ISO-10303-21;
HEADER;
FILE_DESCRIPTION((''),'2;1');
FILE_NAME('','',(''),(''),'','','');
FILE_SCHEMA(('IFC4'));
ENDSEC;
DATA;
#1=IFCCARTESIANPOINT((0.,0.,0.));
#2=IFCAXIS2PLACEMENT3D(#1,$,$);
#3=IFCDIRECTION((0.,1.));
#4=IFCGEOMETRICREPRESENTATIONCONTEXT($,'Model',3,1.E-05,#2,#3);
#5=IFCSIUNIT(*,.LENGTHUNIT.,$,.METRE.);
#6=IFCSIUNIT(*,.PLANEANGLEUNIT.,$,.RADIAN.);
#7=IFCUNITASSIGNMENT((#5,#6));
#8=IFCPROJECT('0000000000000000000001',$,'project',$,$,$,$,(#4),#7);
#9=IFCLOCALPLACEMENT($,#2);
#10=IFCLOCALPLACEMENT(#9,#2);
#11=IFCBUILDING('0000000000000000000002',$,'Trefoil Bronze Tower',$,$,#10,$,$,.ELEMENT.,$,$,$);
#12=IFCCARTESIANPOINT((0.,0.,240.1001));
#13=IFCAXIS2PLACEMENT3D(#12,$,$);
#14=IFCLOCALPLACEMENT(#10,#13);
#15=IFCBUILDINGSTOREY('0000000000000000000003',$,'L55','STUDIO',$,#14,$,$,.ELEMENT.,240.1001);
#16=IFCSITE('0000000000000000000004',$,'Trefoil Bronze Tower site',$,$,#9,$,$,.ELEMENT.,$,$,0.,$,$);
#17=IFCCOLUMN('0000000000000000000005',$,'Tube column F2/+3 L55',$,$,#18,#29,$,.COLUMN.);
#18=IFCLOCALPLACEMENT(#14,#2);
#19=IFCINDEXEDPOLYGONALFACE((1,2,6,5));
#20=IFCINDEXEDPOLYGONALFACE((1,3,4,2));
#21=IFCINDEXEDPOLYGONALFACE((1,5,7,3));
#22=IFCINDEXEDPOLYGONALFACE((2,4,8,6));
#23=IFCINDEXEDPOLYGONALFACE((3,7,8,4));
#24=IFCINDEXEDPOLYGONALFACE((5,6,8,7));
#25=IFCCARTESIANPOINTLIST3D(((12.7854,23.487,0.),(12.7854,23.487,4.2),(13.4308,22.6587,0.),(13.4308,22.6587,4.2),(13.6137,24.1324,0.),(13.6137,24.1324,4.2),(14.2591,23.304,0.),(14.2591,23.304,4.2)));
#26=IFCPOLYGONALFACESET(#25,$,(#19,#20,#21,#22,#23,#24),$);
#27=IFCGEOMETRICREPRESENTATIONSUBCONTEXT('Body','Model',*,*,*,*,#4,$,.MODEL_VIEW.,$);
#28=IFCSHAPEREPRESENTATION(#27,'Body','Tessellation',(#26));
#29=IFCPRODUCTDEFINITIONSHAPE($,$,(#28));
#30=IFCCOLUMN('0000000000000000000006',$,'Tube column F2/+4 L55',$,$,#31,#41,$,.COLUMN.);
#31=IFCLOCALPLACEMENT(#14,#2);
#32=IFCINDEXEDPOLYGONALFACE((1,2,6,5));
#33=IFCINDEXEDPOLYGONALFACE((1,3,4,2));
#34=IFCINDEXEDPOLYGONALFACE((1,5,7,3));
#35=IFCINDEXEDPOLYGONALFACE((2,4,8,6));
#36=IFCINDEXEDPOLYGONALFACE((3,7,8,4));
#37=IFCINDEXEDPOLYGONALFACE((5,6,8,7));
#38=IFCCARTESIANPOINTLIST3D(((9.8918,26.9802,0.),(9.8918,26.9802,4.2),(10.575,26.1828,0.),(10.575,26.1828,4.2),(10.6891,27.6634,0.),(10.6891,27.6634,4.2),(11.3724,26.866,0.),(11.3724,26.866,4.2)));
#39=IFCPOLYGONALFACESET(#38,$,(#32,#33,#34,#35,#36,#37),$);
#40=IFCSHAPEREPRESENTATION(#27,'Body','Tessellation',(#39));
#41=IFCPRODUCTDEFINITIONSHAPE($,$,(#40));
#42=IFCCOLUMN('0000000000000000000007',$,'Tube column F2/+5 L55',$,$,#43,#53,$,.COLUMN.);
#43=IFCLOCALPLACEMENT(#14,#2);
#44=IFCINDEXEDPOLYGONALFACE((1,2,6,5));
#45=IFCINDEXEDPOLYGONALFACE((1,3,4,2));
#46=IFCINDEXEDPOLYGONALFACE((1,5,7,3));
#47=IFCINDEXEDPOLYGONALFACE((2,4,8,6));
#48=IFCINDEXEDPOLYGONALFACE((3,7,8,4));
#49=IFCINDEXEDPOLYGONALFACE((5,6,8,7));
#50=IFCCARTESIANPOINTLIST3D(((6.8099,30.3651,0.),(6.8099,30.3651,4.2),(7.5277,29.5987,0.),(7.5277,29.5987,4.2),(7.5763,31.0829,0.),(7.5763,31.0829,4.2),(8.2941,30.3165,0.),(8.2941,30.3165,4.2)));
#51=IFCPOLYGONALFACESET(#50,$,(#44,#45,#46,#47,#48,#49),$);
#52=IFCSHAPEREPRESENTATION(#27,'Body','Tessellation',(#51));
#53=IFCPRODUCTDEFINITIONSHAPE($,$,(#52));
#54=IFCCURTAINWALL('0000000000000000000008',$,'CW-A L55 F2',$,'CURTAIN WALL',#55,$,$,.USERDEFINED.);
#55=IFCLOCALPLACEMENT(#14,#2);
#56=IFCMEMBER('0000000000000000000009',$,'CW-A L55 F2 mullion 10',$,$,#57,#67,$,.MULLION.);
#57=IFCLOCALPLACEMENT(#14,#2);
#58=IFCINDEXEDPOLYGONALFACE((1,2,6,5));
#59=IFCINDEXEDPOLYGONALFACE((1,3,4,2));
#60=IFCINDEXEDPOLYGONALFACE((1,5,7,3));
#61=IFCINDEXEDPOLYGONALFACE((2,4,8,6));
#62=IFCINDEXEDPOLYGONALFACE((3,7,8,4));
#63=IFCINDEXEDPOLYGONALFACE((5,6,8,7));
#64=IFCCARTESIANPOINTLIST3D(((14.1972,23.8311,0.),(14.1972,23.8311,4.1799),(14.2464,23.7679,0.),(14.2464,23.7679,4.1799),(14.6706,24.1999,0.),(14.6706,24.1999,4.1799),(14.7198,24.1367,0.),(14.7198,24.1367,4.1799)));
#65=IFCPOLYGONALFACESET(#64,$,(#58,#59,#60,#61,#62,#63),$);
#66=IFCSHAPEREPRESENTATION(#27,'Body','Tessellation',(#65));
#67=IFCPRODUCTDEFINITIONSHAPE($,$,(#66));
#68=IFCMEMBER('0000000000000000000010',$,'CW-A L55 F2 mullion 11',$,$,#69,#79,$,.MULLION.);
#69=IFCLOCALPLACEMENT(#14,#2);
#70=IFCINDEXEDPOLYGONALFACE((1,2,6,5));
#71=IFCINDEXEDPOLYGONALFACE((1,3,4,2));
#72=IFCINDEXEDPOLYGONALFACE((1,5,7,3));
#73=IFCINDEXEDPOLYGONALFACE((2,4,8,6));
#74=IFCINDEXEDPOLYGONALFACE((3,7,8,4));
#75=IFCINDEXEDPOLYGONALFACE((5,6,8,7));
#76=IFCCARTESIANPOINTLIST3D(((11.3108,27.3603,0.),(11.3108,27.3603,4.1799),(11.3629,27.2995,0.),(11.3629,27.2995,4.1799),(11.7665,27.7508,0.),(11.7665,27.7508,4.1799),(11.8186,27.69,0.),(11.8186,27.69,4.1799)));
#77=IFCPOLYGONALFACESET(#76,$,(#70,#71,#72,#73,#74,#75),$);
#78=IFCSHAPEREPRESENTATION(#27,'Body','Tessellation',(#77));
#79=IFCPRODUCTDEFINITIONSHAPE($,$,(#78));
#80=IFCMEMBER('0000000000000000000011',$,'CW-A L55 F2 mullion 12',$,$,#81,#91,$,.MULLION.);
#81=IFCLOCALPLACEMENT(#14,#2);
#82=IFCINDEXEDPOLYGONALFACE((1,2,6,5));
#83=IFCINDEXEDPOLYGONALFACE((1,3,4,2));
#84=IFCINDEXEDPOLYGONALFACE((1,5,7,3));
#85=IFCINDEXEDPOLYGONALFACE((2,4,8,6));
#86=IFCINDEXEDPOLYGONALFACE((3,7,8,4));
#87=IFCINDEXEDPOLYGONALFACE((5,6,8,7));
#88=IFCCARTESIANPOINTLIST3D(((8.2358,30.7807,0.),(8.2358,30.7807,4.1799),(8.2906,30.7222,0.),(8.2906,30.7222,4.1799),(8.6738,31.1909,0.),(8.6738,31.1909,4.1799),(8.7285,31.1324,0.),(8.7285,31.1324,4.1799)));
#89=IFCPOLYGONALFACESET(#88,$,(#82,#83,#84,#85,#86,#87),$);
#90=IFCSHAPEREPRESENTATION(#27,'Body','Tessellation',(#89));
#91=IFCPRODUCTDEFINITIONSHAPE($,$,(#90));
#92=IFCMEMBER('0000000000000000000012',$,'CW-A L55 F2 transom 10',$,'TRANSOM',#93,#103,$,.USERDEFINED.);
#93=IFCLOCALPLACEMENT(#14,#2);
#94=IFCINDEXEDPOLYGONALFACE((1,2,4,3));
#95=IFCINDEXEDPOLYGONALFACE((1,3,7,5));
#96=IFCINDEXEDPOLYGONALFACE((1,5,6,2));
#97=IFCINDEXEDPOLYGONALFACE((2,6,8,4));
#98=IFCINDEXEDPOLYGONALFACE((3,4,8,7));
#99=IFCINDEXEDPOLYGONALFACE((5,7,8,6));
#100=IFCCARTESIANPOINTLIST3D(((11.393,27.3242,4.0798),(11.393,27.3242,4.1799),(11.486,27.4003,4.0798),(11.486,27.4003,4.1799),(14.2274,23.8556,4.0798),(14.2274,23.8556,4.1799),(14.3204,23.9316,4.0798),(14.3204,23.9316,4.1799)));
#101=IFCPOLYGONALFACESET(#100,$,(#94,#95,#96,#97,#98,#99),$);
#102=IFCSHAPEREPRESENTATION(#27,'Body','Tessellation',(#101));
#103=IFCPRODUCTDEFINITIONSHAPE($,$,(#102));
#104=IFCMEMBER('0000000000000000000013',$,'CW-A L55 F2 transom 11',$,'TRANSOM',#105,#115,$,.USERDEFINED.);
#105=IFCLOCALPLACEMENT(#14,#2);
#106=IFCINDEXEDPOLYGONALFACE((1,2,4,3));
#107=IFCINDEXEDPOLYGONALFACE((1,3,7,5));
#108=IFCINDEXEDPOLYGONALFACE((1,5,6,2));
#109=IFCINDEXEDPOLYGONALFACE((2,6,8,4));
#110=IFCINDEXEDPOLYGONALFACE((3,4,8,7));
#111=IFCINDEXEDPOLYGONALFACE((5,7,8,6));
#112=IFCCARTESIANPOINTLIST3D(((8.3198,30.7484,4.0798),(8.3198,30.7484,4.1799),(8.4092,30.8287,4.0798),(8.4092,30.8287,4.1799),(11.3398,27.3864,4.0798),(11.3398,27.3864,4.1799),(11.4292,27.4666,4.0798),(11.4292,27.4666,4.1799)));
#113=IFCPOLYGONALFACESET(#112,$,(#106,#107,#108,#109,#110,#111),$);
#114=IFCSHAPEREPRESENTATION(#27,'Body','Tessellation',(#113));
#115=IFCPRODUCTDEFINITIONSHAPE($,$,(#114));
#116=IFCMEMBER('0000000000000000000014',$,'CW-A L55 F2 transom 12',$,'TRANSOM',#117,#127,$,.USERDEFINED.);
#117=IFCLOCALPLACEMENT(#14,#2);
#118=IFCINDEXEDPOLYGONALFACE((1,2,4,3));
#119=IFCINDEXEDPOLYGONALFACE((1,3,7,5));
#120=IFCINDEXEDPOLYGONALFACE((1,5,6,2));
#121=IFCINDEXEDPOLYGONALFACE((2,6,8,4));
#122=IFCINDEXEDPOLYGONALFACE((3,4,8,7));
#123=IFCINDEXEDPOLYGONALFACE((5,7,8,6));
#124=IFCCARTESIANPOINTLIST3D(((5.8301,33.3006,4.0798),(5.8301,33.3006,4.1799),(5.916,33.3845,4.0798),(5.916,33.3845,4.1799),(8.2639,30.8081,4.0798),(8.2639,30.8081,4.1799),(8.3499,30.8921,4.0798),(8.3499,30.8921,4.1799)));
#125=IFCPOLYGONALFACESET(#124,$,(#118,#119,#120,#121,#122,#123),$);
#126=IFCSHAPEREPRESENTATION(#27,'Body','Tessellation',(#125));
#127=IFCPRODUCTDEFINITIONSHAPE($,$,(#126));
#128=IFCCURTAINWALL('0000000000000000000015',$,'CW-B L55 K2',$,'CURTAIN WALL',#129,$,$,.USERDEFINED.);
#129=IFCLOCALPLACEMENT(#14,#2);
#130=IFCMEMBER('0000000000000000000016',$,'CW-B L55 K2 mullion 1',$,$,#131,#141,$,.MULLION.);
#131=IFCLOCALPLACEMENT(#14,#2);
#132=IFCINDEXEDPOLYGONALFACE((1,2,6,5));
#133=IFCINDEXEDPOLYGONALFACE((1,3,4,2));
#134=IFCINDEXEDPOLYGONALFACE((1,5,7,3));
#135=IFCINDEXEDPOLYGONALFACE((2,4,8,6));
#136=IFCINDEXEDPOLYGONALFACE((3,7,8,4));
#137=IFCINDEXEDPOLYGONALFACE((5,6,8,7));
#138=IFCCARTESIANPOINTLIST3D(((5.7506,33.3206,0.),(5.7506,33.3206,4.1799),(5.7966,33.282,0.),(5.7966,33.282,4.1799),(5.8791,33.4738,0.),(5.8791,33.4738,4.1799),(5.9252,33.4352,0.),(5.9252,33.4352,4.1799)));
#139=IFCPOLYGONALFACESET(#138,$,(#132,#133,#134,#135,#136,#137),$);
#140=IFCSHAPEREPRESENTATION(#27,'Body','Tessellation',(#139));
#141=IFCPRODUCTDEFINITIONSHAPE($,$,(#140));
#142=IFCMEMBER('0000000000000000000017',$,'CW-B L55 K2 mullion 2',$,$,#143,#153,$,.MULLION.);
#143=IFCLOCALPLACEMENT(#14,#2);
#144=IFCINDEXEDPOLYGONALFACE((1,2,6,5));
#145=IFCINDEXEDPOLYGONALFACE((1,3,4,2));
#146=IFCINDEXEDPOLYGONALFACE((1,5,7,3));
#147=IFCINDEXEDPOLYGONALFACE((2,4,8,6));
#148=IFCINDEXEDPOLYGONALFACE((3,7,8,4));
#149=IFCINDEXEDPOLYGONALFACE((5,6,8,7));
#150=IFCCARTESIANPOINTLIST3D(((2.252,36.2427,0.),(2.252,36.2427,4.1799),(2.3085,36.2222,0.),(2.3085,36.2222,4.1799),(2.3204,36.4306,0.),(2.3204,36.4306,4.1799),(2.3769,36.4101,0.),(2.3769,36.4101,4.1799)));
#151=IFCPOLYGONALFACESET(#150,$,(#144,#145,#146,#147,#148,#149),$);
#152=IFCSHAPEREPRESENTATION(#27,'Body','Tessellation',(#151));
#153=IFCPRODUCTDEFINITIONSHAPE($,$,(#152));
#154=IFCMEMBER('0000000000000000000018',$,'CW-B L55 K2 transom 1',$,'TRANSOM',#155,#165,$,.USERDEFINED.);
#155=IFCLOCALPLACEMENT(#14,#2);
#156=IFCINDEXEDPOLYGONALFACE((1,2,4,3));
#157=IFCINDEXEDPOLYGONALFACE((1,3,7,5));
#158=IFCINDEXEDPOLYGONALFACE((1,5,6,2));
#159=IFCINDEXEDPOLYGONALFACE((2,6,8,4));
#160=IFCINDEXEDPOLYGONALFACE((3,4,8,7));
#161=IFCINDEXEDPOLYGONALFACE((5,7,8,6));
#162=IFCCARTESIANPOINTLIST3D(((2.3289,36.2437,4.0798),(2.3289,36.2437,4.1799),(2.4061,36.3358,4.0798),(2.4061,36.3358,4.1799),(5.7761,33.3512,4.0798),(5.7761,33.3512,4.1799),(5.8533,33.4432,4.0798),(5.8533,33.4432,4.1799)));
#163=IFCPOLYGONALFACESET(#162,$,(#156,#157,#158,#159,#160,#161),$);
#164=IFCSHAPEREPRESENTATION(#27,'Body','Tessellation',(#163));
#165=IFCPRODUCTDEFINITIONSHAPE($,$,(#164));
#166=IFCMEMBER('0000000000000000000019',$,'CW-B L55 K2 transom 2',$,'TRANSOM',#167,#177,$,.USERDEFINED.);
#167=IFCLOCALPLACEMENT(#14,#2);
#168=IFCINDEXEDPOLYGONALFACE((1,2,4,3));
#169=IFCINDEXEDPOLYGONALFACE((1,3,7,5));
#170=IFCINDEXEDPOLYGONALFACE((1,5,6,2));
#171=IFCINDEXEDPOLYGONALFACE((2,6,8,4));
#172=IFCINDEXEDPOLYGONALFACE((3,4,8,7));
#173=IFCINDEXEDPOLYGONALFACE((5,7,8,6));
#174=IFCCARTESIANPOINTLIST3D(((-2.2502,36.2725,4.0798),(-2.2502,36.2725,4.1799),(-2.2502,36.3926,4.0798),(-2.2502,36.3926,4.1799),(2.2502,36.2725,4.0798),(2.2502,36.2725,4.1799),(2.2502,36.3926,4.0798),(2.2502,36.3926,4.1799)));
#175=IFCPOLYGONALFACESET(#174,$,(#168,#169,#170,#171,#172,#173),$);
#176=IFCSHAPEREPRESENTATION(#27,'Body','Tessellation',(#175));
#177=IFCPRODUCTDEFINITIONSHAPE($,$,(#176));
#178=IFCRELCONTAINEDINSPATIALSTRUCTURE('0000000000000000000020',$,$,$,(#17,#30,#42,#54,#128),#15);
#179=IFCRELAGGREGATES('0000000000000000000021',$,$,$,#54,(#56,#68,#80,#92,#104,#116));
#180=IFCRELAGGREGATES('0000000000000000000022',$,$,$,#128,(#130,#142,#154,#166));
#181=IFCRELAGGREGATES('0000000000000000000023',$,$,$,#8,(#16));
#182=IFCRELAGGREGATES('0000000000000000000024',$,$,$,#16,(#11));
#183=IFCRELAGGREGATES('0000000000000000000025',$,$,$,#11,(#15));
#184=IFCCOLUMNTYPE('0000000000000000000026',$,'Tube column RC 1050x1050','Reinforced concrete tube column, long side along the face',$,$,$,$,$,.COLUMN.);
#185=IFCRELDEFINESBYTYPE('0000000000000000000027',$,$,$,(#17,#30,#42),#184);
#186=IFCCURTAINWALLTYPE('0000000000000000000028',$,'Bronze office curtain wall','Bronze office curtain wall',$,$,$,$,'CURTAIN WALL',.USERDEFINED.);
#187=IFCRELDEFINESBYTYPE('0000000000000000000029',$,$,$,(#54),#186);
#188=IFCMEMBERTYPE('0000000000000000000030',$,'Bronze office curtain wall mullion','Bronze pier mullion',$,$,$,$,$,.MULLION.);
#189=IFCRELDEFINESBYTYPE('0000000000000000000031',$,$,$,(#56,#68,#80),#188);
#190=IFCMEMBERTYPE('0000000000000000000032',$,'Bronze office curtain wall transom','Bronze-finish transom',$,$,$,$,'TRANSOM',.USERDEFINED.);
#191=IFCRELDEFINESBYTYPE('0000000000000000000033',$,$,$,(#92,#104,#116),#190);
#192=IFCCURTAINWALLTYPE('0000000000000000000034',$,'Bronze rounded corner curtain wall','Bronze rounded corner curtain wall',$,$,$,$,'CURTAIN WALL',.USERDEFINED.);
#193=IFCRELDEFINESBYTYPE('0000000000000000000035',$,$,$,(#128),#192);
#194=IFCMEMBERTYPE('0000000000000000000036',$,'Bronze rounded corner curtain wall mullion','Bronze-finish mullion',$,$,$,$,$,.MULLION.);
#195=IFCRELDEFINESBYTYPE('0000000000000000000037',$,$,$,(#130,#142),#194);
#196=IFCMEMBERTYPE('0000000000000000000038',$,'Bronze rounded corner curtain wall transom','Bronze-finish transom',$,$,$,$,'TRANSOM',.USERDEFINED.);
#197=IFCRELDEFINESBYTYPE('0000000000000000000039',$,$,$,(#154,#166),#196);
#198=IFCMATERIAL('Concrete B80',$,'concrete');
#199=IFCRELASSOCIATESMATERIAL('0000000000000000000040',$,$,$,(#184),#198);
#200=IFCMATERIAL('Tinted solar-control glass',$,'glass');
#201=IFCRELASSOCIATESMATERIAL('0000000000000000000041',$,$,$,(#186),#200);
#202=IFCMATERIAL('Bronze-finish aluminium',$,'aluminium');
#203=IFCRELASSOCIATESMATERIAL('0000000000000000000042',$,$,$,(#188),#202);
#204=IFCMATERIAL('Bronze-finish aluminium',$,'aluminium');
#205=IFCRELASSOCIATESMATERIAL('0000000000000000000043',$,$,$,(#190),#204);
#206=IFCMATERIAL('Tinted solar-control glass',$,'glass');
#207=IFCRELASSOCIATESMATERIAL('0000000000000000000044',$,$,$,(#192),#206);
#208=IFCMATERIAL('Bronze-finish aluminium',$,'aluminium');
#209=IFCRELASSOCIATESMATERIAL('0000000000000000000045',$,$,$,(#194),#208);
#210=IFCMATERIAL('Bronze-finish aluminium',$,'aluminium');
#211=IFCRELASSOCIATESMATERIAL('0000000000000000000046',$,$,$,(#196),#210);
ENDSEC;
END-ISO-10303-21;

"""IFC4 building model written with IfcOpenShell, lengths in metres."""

from ifc_helpers import new_model, si_unit, direction, frame, origin, origin_2d, place, context, subcontext, project, spatial, rectangle, extrude, material, material_profile, profile_set, type_object, element, aggregate, save


model = new_model("IFC4")

# Units and contexts
model_context = context("Model", 3, precision=1e-05, world=origin(), true_north=direction((0.0, 1.0)))
body_context = subcontext(model_context, "Body", "Model", "MODEL_VIEW")
ifc_project = project(units=[si_unit("LENGTHUNIT", "METRE"), si_unit("PLANEANGLEUNIT", "RADIAN")], contexts=[model_context])

# Site, building, storey
site_placement = place(None, origin())
site = spatial("IfcSite", under=ifc_project, at=site_placement, Name="Trefoil Bronze Tower site", CompositionType="ELEMENT", RefElevation=0.0)
building_placement = place(site_placement, origin())
building = spatial("IfcBuilding", under=site, at=building_placement, Name="Trefoil Bronze Tower", CompositionType="ELEMENT")
storey_placement = place(building_placement, frame((0.0, 0.0, 240.1001)))
storey = spatial("IfcBuildingStorey", under=building, at=storey_placement, Name="L55", Description="STUDIO", CompositionType="ELEMENT", Elevation=240.1001)

# Columns
ifc_material_1 = material(Name="Concrete B80", Category="concrete")
ifc_material_profile_1 = material_profile(ifc_material_1, rectangle(XDim=1.05, YDim=1.05, at=origin_2d()), Name="RC 1050x1050")
ifc_profile_set_1 = profile_set([ifc_material_profile_1], Name="Concrete B80")
column_type = type_object("IfcColumnType", Name="Tube column RC 1050x1050", Description="Reinforced concrete tube column, long side along the face", PredefinedType="COLUMN", material=ifc_profile_set_1)
for number, where, z_axis, x_axis, name in (
    (1, (13.5222, 23.3955, 0.0), (0.0, 0.0, 1.0), (-0.614622, 0.788821, 0.0), "Tube column F2/+3 L55"),
    (2, (10.6321, 26.9231, 0.0), (0.0, 0.0, 1.0), (-0.650677, 0.759355, 0.0), "Tube column F2/+4 L55"),
    (3, (7.552, 30.3408, 0.0), (0.0, 0.0, 1.0), (-0.683597, 0.72986, 0.0), "Tube column F2/+5 L55"),
):
    element("IfcColumn", number, at=place(storey_placement, frame(where, z_axis=z_axis, x_axis=x_axis)), inside=storey, type_object=column_type, Name=name, PredefinedType="COLUMN", context=body_context, shape_type="SweptSolid", body=[
        extrude(rectangle(XDim=1.05, YDim=1.05, at=origin_2d()), origin(), (0.0, 0.0, 1.0), 4.2),
    ])

# Curtain walls, members
ifc_material_2 = material(Name="Tinted solar-control glass", Category="glass")
curtain_wall_type_1 = type_object("IfcCurtainWallType", Name="Bronze office curtain wall", Description="Bronze office curtain wall", ElementType="CURTAIN WALL", PredefinedType="USERDEFINED", material=ifc_material_2)
curtain_wall_1_placement = place(storey_placement, origin())
curtain_wall_1 = element("IfcCurtainWall", 4, at=curtain_wall_1_placement, inside=storey, type_object=curtain_wall_type_1, Name="CW-A L55 F2", ObjectType="CURTAIN WALL", PredefinedType="USERDEFINED")
ifc_material_3 = material(Name="Bronze-finish aluminium", Category="aluminium")
ifc_material_profile_2 = material_profile(ifc_material_3, rectangle(XDim=0.6001, YDim=0.0801, at=origin_2d()), Name="CW-A mullion")
ifc_profile_set_2 = profile_set([ifc_material_profile_2], Name="Bronze-finish aluminium")
member_type_1 = type_object("IfcMemberType", Name="Bronze office curtain wall mullion", Description="Bronze pier mullion", PredefinedType="MULLION", material=ifc_profile_set_2)
member_1_placement = place(storey_placement, frame((14.4585, 23.9839, 0.0), z_axis=(0.0, 0.0, 1.0), x_axis=(-0.788821, -0.614622, 0.0)))
member_1 = element("IfcMember", 5, at=member_1_placement, type_object=member_type_1, Name="CW-A L55 F2 mullion 10", PredefinedType="MULLION", context=body_context, shape_type="SweptSolid", body=[
    extrude(rectangle(XDim=0.6001, YDim=0.0801, at=origin_2d()), origin(), (0.0, 0.0, 1.0), 4.1799),
])
member_2_placement = place(storey_placement, frame((11.5647, 27.5251, 0.0), z_axis=(0.0, 0.0, 1.0), x_axis=(-0.759355, -0.650677, 0.0)))
member_2 = element("IfcMember", 6, at=member_2_placement, type_object=member_type_1, Name="CW-A L55 F2 mullion 11", PredefinedType="MULLION", context=body_context, shape_type="SweptSolid", body=[
    extrude(rectangle(XDim=0.6001, YDim=0.0801, at=origin_2d()), origin(), (0.0, 0.0, 1.0), 4.1799),
])
member_3_placement = place(storey_placement, frame((8.4822, 30.9565, 0.0), z_axis=(0.0, 0.0, 1.0), x_axis=(-0.72986, -0.683597, 0.0)))
member_3 = element("IfcMember", 7, at=member_3_placement, type_object=member_type_1, Name="CW-A L55 F2 mullion 12", PredefinedType="MULLION", context=body_context, shape_type="SweptSolid", body=[
    extrude(rectangle(XDim=0.6001, YDim=0.0801, at=origin_2d()), origin(), (0.0, 0.0, 1.0), 4.1799),
])
ifc_material_4 = material(Name="Bronze-finish aluminium", Category="aluminium")
ifc_material_profile_3 = material_profile(ifc_material_4, rectangle(XDim=0.1201, YDim=0.1001, at=origin_2d()), Name="CW-A transom")
ifc_profile_set_3 = profile_set([ifc_material_profile_3], Name="Bronze-finish aluminium")
member_type_2 = type_object("IfcMemberType", Name="Bronze office curtain wall transom", Description="Bronze-finish transom", ElementType="TRANSOM", PredefinedType="USERDEFINED", material=ifc_profile_set_3)
member_4_placement = place(storey_placement, frame((14.2739, 23.8936, 4.1299), z_axis=(-0.632757, 0.774351, 0.0), x_axis=(-0.774351, -0.632757, 0.0)))
member_4 = element("IfcMember", 8, at=member_4_placement, type_object=member_type_2, Name="CW-A L55 F2 transom 10", ObjectType="TRANSOM", PredefinedType="USERDEFINED", context=body_context, shape_type="SweptSolid", body=[
    extrude(rectangle(XDim=0.1201, YDim=0.1001, at=origin_2d()), origin(), (0.0, 0.0, 1.0), 4.4795),
])
member_5_placement = place(storey_placement, frame((11.3845, 27.4265, 4.1299), z_axis=(-0.668251, 0.743936, 0.0), x_axis=(-0.743936, -0.668251, 0.0)))
member_5 = element("IfcMember", 9, at=member_5_placement, type_object=member_type_2, Name="CW-A L55 F2 transom 11", ObjectType="TRANSOM", PredefinedType="USERDEFINED", context=body_context, shape_type="SweptSolid", body=[
    extrude(rectangle(XDim=0.1201, YDim=0.1001, at=origin_2d()), origin(), (0.0, 0.0, 1.0), 4.5193),
])
member_6_placement = place(storey_placement, frame((8.3069, 30.8501, 4.1299), z_axis=(-0.698647, 0.715467, 0.0), x_axis=(-0.715467, -0.698647, 0.0)))
member_6 = element("IfcMember", 10, at=member_6_placement, type_object=member_type_2, Name="CW-A L55 F2 transom 12", ObjectType="TRANSOM", PredefinedType="USERDEFINED", context=body_context, shape_type="SweptSolid", body=[
    extrude(rectangle(XDim=0.1201, YDim=0.1001, at=origin_2d()), origin(), (0.0, 0.0, 1.0), 3.4836),
])
ifc_material_5 = material(Name="Tinted solar-control glass", Category="glass")
curtain_wall_type_2 = type_object("IfcCurtainWallType", Name="Bronze rounded corner curtain wall", Description="Bronze rounded corner curtain wall", ElementType="CURTAIN WALL", PredefinedType="USERDEFINED", material=ifc_material_5)
curtain_wall_2_placement = place(storey_placement, origin())
curtain_wall_2 = element("IfcCurtainWall", 11, at=curtain_wall_2_placement, inside=storey, type_object=curtain_wall_type_2, Name="CW-B L55 K2", ObjectType="CURTAIN WALL", PredefinedType="USERDEFINED")
ifc_material_6 = material(Name="Bronze-finish aluminium", Category="aluminium")
ifc_material_profile_4 = material_profile(ifc_material_6, rectangle(XDim=0.2, YDim=0.0601, at=origin_2d()), Name="CW-B mullion")
ifc_profile_set_4 = profile_set([ifc_material_profile_4], Name="Bronze-finish aluminium")
member_type_3 = type_object("IfcMemberType", Name="Bronze rounded corner curtain wall mullion", Description="Bronze-finish mullion", PredefinedType="MULLION", material=ifc_profile_set_4)
member_7_placement = place(storey_placement, frame((5.8379, 33.3779, 0.0), z_axis=(0.0, 0.0, 1.0), x_axis=(-0.642788, -0.766044, 0.0)))
member_7 = element("IfcMember", 12, at=member_7_placement, type_object=member_type_3, Name="CW-B L55 K2 mullion 1", PredefinedType="MULLION", context=body_context, shape_type="SweptSolid", body=[
    extrude(rectangle(XDim=0.2, YDim=0.0601, at=origin_2d()), origin(), (0.0, 0.0, 1.0), 4.1799),
])
member_8_placement = place(storey_placement, frame((2.3145, 36.3264, 0.0), z_axis=(0.0, 0.0, 1.0), x_axis=(-0.34202, -0.939693, 0.0)))
member_8 = element("IfcMember", 13, at=member_8_placement, type_object=member_type_3, Name="CW-B L55 K2 mullion 2", PredefinedType="MULLION", context=body_context, shape_type="SweptSolid", body=[
    extrude(rectangle(XDim=0.2, YDim=0.0601, at=origin_2d()), origin(), (0.0, 0.0, 1.0), 4.1799),
])
ifc_material_7 = material(Name="Bronze-finish aluminium", Category="aluminium")
ifc_material_profile_5 = material_profile(ifc_material_7, rectangle(XDim=0.1201, YDim=0.1001, at=origin_2d()), Name="CW-B transom")
ifc_profile_set_5 = profile_set([ifc_material_profile_5], Name="Bronze-finish aluminium")
member_type_4 = type_object("IfcMemberType", Name="Bronze rounded corner curtain wall transom", Description="Bronze-finish transom", ElementType="TRANSOM", PredefinedType="USERDEFINED", material=ifc_profile_set_5)
member_9_placement = place(storey_placement, frame((5.8147, 33.3972, 4.1299), z_axis=(-0.766047, 0.642785, 0.0), x_axis=(-0.642785, -0.766047, 0.0)))
member_9 = element("IfcMember", 14, at=member_9_placement, type_object=member_type_4, Name="CW-B L55 K2 transom 1", ObjectType="TRANSOM", PredefinedType="USERDEFINED", context=body_context, shape_type="SweptSolid", body=[
    extrude(rectangle(XDim=0.1201, YDim=0.1001, at=origin_2d()), origin(), (0.0, 0.0, 1.0), 4.5),
])
member_10_placement = place(storey_placement, frame((2.2502, 36.3325, 4.1299), z_axis=(-1.0, 0.0, 0.0), x_axis=(0.0, -1.0, 0.0)))
member_10 = element("IfcMember", 15, at=member_10_placement, type_object=member_type_4, Name="CW-B L55 K2 transom 2", ObjectType="TRANSOM", PredefinedType="USERDEFINED", context=body_context, shape_type="SweptSolid", body=[
    extrude(rectangle(XDim=0.1201, YDim=0.1001, at=origin_2d()), origin(), (0.0, 0.0, 1.0), 4.5005),
])

aggregate(curtain_wall_1, [member_1, member_2, member_3, member_4, member_5, member_6])
aggregate(curtain_wall_2, [member_7, member_8, member_9, member_10])

save(model, "model.ifc")
